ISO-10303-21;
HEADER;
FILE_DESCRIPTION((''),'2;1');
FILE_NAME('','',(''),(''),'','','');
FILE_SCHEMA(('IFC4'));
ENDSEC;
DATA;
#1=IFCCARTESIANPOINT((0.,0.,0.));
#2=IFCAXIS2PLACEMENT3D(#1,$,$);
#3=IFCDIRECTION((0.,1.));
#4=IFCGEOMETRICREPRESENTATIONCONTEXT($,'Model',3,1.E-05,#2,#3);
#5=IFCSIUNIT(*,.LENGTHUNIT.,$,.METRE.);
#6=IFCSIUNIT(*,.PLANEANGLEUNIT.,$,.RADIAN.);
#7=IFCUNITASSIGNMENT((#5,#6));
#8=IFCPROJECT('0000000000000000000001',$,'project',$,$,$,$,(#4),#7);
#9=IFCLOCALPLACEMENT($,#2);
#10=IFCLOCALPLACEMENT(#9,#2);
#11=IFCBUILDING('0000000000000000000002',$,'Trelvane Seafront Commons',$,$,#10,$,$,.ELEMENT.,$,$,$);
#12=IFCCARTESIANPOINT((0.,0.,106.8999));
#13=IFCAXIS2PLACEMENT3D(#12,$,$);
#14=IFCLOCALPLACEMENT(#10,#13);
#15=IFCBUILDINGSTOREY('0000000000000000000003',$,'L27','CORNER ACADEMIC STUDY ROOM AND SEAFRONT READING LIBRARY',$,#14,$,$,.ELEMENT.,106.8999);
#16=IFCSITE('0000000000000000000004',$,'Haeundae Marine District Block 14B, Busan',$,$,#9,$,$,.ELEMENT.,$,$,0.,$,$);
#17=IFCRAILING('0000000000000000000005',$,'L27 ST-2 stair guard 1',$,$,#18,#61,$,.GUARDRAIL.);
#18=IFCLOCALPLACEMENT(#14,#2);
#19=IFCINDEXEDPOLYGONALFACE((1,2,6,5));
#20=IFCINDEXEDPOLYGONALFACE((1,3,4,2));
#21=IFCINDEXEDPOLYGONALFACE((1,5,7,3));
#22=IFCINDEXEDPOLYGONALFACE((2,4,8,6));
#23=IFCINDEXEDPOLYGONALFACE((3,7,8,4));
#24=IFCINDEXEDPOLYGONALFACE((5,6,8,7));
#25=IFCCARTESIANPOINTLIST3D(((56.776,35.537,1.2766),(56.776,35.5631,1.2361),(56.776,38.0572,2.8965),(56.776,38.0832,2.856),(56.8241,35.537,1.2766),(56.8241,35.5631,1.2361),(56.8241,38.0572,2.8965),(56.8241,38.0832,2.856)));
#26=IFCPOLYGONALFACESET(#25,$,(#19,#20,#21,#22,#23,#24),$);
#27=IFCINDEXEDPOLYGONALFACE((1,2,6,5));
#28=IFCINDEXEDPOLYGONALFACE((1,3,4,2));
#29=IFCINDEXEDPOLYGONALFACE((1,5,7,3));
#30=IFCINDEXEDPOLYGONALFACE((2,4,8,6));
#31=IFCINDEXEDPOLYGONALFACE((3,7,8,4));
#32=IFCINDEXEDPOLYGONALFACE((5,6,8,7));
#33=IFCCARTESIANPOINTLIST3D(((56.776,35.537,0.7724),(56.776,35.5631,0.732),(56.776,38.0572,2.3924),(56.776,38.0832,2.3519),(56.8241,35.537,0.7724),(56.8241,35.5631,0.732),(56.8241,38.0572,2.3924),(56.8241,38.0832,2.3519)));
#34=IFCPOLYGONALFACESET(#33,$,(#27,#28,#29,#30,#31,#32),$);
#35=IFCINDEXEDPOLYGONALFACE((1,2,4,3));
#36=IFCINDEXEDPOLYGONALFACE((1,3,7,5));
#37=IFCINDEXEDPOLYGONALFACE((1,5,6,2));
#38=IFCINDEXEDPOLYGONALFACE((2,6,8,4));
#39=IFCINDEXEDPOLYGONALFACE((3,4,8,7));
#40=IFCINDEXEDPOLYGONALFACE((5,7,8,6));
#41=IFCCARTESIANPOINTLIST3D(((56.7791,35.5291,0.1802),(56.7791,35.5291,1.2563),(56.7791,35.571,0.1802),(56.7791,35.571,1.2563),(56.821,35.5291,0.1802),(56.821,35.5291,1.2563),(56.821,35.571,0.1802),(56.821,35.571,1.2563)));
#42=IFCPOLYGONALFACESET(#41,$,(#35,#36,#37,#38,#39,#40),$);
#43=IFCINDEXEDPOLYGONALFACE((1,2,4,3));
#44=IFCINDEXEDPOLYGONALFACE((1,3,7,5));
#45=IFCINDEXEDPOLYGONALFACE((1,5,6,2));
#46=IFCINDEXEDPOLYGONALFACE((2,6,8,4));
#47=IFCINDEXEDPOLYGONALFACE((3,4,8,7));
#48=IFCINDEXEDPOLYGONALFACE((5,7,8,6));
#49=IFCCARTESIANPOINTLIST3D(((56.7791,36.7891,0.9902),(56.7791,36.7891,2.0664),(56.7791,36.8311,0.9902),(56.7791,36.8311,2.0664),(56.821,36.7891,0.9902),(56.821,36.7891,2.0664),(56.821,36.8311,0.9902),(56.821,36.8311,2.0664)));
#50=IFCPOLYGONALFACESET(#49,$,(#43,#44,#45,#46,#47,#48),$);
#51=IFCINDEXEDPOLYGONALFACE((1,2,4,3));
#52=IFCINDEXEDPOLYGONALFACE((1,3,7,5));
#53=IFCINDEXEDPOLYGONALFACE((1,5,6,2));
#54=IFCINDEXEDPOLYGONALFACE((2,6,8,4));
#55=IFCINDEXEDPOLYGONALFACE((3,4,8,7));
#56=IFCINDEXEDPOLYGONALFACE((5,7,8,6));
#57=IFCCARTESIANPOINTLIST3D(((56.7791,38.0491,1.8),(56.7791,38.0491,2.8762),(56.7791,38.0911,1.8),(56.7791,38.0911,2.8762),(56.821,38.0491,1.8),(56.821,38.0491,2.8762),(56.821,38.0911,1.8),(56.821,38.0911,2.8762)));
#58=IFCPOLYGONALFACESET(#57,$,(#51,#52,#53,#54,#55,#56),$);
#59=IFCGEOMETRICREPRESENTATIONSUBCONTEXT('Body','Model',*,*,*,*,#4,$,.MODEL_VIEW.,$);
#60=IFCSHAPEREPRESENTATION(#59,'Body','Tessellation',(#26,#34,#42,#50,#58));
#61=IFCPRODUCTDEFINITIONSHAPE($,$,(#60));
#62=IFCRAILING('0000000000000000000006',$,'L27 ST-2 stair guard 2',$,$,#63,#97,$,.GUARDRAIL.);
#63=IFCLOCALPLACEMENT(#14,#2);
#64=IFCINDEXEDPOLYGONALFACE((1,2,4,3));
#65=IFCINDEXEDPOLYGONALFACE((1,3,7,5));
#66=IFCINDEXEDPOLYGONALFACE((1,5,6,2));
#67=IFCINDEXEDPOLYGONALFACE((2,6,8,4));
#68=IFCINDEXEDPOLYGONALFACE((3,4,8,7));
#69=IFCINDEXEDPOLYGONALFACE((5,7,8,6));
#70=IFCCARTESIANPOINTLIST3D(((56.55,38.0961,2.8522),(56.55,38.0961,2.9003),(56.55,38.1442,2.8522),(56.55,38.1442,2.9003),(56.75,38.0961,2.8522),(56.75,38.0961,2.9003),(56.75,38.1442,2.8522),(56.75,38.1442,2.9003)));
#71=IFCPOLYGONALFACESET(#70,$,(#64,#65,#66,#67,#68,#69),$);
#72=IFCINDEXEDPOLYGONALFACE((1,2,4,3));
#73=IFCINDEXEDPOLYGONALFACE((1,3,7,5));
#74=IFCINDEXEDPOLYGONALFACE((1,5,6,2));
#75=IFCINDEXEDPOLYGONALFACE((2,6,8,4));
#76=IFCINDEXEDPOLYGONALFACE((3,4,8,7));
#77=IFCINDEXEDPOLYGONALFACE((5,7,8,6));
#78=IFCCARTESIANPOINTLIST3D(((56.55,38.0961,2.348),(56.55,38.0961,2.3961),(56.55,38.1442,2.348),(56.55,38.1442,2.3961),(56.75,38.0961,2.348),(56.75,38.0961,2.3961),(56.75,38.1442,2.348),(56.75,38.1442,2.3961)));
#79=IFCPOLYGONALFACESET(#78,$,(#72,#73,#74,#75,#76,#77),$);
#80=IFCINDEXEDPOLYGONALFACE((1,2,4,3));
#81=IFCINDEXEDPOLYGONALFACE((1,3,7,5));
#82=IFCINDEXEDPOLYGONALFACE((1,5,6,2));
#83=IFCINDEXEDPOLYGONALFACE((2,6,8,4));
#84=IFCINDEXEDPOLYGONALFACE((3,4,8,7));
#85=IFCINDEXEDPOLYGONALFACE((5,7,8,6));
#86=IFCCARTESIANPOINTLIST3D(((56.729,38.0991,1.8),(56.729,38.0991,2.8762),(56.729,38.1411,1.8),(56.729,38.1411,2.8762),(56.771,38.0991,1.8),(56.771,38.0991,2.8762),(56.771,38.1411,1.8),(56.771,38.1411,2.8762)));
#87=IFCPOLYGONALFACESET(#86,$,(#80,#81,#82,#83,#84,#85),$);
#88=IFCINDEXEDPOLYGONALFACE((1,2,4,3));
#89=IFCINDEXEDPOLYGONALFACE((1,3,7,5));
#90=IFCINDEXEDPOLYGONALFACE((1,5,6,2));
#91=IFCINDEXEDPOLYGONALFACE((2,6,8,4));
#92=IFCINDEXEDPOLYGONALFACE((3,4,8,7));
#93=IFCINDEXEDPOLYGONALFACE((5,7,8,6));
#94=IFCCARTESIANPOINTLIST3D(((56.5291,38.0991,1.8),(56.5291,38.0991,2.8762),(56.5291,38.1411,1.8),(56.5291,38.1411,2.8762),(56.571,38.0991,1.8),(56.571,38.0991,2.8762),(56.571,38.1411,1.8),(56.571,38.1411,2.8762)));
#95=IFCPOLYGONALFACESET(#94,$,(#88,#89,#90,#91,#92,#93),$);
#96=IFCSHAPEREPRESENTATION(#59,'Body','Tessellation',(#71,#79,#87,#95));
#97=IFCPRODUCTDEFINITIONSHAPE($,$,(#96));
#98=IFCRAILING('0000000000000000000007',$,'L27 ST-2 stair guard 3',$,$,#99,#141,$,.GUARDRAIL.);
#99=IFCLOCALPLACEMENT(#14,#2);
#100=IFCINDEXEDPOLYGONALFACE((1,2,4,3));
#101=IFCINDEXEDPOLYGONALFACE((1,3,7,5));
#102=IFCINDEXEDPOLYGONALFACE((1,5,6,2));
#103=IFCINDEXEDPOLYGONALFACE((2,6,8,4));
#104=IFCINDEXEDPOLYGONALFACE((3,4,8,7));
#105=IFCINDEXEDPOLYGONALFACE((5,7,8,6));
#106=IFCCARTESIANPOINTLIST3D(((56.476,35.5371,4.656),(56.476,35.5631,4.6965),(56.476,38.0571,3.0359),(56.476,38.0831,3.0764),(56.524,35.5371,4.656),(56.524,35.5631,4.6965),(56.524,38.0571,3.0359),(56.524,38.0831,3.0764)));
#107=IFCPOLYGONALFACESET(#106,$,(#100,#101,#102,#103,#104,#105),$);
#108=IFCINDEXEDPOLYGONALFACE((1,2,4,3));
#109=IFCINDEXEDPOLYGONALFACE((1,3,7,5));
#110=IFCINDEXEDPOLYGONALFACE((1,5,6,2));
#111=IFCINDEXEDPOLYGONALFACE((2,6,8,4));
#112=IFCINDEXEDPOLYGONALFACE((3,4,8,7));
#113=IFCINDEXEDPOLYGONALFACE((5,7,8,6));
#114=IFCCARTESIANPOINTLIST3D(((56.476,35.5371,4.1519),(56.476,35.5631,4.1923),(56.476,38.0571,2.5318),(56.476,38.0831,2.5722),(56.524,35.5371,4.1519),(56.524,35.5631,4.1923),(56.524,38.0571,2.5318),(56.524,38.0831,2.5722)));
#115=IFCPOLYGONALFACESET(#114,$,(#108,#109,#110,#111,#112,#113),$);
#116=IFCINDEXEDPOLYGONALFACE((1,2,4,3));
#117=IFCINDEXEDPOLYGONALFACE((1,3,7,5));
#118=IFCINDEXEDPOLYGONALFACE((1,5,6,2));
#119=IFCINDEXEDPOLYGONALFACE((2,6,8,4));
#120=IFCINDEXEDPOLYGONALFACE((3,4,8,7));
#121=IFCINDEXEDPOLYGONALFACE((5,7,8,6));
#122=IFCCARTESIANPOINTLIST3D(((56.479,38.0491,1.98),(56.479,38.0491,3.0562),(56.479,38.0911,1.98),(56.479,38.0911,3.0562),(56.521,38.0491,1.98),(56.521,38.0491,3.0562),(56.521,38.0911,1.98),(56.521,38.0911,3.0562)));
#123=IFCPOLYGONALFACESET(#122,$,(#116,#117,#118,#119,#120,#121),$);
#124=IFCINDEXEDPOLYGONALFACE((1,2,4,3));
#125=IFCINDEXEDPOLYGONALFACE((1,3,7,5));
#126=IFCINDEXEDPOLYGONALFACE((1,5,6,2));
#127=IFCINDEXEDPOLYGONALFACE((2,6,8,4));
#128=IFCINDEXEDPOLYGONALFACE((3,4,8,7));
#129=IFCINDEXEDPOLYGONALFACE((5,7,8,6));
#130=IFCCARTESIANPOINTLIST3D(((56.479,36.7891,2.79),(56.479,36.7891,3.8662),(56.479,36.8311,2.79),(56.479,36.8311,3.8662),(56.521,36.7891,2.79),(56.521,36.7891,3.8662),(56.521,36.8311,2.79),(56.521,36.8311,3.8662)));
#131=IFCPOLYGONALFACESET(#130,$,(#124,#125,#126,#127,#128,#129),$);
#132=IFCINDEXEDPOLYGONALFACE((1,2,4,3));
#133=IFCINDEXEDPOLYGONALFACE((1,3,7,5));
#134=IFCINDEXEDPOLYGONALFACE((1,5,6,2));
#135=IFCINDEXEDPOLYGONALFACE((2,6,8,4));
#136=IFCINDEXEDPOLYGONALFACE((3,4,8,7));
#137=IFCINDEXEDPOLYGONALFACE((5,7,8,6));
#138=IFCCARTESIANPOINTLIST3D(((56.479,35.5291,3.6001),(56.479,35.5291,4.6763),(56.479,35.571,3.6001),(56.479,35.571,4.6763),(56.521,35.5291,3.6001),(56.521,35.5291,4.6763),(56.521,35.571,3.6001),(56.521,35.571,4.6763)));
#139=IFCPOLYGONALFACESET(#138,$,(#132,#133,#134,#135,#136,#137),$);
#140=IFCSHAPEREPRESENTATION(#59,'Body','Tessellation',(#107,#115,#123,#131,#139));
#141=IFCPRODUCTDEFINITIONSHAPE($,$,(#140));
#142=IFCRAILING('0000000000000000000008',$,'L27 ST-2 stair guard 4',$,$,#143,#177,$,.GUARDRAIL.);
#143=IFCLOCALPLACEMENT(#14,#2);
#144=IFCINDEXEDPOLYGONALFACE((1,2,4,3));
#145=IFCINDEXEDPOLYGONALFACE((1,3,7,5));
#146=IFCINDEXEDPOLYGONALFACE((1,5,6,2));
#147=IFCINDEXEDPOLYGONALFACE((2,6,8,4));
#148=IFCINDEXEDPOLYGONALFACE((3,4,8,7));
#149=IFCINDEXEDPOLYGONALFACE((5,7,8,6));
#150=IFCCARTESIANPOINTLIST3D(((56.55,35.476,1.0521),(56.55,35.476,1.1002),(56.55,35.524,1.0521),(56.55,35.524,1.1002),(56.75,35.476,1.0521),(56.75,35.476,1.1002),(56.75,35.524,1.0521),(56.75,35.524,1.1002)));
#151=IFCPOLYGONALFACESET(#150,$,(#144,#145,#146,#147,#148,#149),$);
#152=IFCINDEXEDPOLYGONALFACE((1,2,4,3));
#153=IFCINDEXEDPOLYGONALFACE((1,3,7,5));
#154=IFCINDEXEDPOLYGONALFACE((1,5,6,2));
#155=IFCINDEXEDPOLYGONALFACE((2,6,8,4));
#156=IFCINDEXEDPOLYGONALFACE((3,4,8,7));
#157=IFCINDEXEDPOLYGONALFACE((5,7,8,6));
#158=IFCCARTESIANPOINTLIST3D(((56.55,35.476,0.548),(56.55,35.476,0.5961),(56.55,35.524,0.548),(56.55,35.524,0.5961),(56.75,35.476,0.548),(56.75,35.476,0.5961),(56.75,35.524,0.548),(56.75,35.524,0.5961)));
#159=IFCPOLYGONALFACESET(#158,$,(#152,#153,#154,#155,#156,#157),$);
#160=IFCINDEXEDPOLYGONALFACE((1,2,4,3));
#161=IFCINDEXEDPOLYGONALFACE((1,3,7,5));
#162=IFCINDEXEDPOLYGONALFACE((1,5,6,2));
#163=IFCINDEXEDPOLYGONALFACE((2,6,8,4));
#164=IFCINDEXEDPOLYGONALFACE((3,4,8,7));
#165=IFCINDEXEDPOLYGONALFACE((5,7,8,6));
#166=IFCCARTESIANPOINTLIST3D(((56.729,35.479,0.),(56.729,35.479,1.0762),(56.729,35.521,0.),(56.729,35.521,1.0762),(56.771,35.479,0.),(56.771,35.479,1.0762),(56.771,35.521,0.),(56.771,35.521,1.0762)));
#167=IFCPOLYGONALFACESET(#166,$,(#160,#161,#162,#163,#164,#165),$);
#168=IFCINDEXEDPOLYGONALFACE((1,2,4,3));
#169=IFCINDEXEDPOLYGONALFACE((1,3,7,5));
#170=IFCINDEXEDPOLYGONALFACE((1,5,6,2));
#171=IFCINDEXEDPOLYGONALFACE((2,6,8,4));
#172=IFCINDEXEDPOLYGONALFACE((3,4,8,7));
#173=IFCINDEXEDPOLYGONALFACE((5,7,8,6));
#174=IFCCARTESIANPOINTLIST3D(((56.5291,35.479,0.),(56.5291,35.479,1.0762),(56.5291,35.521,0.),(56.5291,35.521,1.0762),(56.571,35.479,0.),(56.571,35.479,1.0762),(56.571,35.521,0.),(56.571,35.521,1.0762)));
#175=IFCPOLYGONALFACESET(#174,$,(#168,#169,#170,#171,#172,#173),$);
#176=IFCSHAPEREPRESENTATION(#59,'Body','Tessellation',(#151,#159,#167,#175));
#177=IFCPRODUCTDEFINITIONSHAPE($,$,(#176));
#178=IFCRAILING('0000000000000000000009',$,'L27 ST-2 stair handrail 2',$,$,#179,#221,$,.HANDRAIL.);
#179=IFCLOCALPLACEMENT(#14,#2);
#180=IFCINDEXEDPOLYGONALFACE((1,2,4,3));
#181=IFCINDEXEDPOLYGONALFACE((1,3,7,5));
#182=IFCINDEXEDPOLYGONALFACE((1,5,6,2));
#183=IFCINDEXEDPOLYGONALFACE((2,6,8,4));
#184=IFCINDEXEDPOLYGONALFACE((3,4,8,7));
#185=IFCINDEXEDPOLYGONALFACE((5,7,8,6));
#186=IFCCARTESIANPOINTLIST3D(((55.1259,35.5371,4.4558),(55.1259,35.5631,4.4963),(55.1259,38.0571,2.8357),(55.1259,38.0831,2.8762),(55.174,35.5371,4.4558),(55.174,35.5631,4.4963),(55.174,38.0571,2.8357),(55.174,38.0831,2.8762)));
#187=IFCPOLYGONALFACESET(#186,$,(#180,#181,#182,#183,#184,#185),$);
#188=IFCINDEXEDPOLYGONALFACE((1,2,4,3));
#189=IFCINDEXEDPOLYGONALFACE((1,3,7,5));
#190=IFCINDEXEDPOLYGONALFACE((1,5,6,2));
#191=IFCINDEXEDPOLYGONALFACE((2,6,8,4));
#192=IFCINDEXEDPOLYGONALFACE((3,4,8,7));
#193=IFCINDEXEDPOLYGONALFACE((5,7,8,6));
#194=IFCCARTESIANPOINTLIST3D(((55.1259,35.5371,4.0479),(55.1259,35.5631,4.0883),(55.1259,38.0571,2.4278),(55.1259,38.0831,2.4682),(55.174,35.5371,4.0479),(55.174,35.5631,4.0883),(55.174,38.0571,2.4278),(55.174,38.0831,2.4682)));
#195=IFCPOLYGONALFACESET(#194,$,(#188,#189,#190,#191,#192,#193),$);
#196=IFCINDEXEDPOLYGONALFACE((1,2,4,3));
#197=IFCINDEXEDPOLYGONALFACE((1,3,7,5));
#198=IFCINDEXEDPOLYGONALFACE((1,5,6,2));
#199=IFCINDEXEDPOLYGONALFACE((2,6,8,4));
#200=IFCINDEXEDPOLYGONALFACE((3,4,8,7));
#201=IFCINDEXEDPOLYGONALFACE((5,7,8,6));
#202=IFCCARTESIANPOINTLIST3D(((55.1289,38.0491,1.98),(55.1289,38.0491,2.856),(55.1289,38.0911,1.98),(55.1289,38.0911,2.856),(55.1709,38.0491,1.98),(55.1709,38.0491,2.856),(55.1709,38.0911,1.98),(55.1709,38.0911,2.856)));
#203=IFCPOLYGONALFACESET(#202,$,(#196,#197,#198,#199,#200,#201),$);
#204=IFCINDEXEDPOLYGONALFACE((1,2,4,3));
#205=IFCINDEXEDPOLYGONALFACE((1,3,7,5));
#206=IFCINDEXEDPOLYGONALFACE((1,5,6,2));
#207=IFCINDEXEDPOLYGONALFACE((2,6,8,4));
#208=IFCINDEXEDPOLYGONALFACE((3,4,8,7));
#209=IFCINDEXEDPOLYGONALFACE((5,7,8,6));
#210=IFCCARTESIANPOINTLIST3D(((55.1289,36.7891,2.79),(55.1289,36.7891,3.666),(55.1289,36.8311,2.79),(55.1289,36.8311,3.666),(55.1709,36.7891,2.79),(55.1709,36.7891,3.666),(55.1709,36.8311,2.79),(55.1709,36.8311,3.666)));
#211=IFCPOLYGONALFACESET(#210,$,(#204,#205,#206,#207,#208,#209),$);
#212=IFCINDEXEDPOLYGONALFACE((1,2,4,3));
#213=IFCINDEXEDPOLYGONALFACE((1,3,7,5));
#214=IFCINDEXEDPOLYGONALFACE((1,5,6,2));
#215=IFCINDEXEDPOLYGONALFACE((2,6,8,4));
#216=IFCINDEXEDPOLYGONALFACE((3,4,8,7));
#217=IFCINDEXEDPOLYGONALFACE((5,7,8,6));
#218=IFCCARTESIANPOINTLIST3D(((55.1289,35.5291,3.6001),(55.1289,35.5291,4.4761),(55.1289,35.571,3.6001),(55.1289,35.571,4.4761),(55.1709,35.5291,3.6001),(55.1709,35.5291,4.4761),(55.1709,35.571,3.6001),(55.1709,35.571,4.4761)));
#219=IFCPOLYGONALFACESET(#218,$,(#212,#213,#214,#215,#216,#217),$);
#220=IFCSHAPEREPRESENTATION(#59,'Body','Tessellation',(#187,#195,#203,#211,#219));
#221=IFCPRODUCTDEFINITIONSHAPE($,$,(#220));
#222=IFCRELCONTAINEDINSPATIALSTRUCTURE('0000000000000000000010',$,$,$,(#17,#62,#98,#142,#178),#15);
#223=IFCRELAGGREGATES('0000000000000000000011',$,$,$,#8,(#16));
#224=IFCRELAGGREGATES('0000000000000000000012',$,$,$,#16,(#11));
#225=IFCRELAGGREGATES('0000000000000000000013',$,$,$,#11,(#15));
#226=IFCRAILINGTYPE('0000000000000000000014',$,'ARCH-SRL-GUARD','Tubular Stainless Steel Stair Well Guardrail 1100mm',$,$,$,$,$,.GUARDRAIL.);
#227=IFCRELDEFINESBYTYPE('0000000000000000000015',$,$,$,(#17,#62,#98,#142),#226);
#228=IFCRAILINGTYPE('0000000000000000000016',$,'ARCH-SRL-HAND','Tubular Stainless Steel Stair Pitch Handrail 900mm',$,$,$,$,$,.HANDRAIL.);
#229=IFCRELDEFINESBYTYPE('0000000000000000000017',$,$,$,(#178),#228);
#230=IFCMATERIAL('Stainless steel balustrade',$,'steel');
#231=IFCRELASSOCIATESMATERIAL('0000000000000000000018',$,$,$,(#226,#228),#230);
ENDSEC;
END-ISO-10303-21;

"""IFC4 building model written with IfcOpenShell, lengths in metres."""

from ifc_helpers import new_model, si_unit, direction, frame, origin, origin_2d, place, context, subcontext, project, spatial, rectangle, extrude, material, type_object, element, save


model = new_model("IFC4")

# Units and contexts
model_context = context("Model", 3, precision=1e-05, world=origin(), true_north=direction((0.0, 1.0)))
body_context = subcontext(model_context, "Body", "Model", "MODEL_VIEW")
ifc_project = project(units=[si_unit("LENGTHUNIT", "METRE"), si_unit("PLANEANGLEUNIT", "RADIAN")], contexts=[model_context])

# Site, building, storey
site_placement = place(None, origin())
site = spatial("IfcSite", under=ifc_project, at=site_placement, Name="Haeundae Marine District Block 14B, Busan", CompositionType="ELEMENT", RefElevation=0.0)
building_placement = place(site_placement, origin())
building = spatial("IfcBuilding", under=site, at=building_placement, Name="Trelvane Seafront Commons", CompositionType="ELEMENT")
storey_placement = place(building_placement, frame((0.0, 0.0, 106.8999)))
storey = spatial("IfcBuildingStorey", under=building, at=storey_placement, Name="L27", Description="CORNER ACADEMIC STUDY ROOM AND SEAFRONT READING LIBRARY", CompositionType="ELEMENT", Elevation=106.8999)

# Railings
ifc_material_1 = material(Name="Stainless steel balustrade", Category="steel")
railing_type_1 = type_object("IfcRailingType", Name="ARCH-SRL-GUARD", Description="Tubular Stainless Steel Stair Well Guardrail 1100mm", PredefinedType="GUARDRAIL", material=ifc_material_1)
railing_1_placement = place(storey_placement, frame((56.8, 35.55, 0.1802)))
element("IfcRailing", 1, at=railing_1_placement, inside=storey, type_object=railing_type_1, Name="L27 ST-2 stair guard 1", PredefinedType="GUARDRAIL", context=body_context, shape_type="SweptSolid", body=[
    extrude(rectangle(XDim=0.0481, YDim=0.0481, at=origin_2d()), frame((0.0, 0.0, 1.0762), z_axis=(0.0, 0.8412, 0.540725), x_axis=(-1.0, 0.0, 0.0)), (0.0, 0.0, 1.0), 2.9958),
    extrude(rectangle(XDim=0.0481, YDim=0.0481, at=origin_2d()), frame((0.0, 0.0, 0.572), z_axis=(0.0, 0.8412, 0.540725), x_axis=(-1.0, 0.0, 0.0)), (0.0, 0.0, 1.0), 2.9958),
    extrude(rectangle(XDim=0.042, YDim=0.042, at=origin_2d()), origin(), (0.0, 0.0, 1.0), 1.0762),
    extrude(rectangle(XDim=0.042, YDim=0.042, at=origin_2d()), frame((0.0, 1.26, 0.8101)), (0.0, 0.0, 1.0), 1.0762),
    extrude(rectangle(XDim=0.042, YDim=0.042, at=origin_2d()), frame((0.0, 2.52, 1.6199)), (0.0, 0.0, 1.0), 1.0762),
])
railing_2_placement = place(storey_placement, frame((56.75, 38.1201, 1.8)))
element("IfcRailing", 2, at=railing_2_placement, inside=storey, type_object=railing_type_1, Name="L27 ST-2 stair guard 2", PredefinedType="GUARDRAIL", context=body_context, shape_type="SweptSolid", body=[
    extrude(rectangle(XDim=0.0481, YDim=0.0481, at=origin_2d()), frame((0.0, 0.0, 1.0762), z_axis=(-1.0, 0.0, 0.0), x_axis=(0.0, -1.0, 0.0)), (0.0, 0.0, 1.0), 0.2),
    extrude(rectangle(XDim=0.0481, YDim=0.0481, at=origin_2d()), frame((0.0, 0.0, 0.572), z_axis=(-1.0, 0.0, 0.0), x_axis=(0.0, -1.0, 0.0)), (0.0, 0.0, 1.0), 0.2),
    extrude(rectangle(XDim=0.042, YDim=0.042, at=origin_2d()), origin(), (0.0, 0.0, 1.0), 1.0762),
    extrude(rectangle(XDim=0.042, YDim=0.042, at=origin_2d()), frame((-0.2, 0.0, 0.0)), (0.0, 0.0, 1.0), 1.0762),
])
railing_3_placement = place(storey_placement, frame((56.5, 38.0701, 1.98)))
element("IfcRailing", 3, at=railing_3_placement, inside=storey, type_object=railing_type_1, Name="L27 ST-2 stair guard 3", PredefinedType="GUARDRAIL", context=body_context, shape_type="SweptSolid", body=[
    extrude(rectangle(XDim=0.0481, YDim=0.0481, at=origin_2d()), frame((0.0, 0.0, 1.0762), z_axis=(0.0, -0.841163, 0.540782), x_axis=(1.0, 0.0, 0.0)), (0.0, 0.0, 1.0), 2.9958),
    extrude(rectangle(XDim=0.0481, YDim=0.0481, at=origin_2d()), frame((0.0, 0.0, 0.572), z_axis=(0.0, -0.841163, 0.540782), x_axis=(1.0, 0.0, 0.0)), (0.0, 0.0, 1.0), 2.9958),
    extrude(rectangle(XDim=0.042, YDim=0.042, at=origin_2d()), origin(), (0.0, 0.0, 1.0), 1.0762),
    extrude(rectangle(XDim=0.042, YDim=0.042, at=origin_2d()), frame((0.0, -1.26, 0.8101)), (0.0, 0.0, 1.0), 1.0762),
    extrude(rectangle(XDim=0.042, YDim=0.042, at=origin_2d()), frame((0.0, -2.52, 1.6201)), (0.0, 0.0, 1.0), 1.0762),
])
railing_4_placement = place(storey_placement, frame((56.75, 35.5, 0.0)))
element("IfcRailing", 4, at=railing_4_placement, inside=storey, type_object=railing_type_1, Name="L27 ST-2 stair guard 4", PredefinedType="GUARDRAIL", context=body_context, shape_type="SweptSolid", body=[
    extrude(rectangle(XDim=0.0481, YDim=0.0481, at=origin_2d()), frame((0.0, 0.0, 1.0762), z_axis=(-1.0, 0.0, 0.0), x_axis=(0.0, -1.0, 0.0)), (0.0, 0.0, 1.0), 0.2),
    extrude(rectangle(XDim=0.0481, YDim=0.0481, at=origin_2d()), frame((0.0, 0.0, 0.572), z_axis=(-1.0, 0.0, 0.0), x_axis=(0.0, -1.0, 0.0)), (0.0, 0.0, 1.0), 0.2),
    extrude(rectangle(XDim=0.042, YDim=0.042, at=origin_2d()), origin(), (0.0, 0.0, 1.0), 1.0762),
    extrude(rectangle(XDim=0.042, YDim=0.042, at=origin_2d()), frame((-0.2, 0.0, 0.0)), (0.0, 0.0, 1.0), 1.0762),
])
railing_type_2 = type_object("IfcRailingType", Name="ARCH-SRL-HAND", Description="Tubular Stainless Steel Stair Pitch Handrail 900mm", PredefinedType="HANDRAIL", material=ifc_material_1)
railing_5_placement = place(storey_placement, frame((55.1499, 38.0701, 1.98)))
element("IfcRailing", 5, at=railing_5_placement, inside=storey, type_object=railing_type_2, Name="L27 ST-2 stair handrail 2", PredefinedType="HANDRAIL", context=body_context, shape_type="SweptSolid", body=[
    extrude(rectangle(XDim=0.0481, YDim=0.0481, at=origin_2d()), frame((0.0, 0.0, 0.876), z_axis=(0.0, -0.841163, 0.540782), x_axis=(1.0, 0.0, 0.0)), (0.0, 0.0, 1.0), 2.9958),
    extrude(rectangle(XDim=0.0481, YDim=0.0481, at=origin_2d()), frame((0.0, 0.0, 0.468), z_axis=(0.0, -0.841163, 0.540782), x_axis=(1.0, 0.0, 0.0)), (0.0, 0.0, 1.0), 2.9958),
    extrude(rectangle(XDim=0.042, YDim=0.042, at=origin_2d()), origin(), (0.0, 0.0, 1.0), 0.876),
    extrude(rectangle(XDim=0.042, YDim=0.042, at=origin_2d()), frame((0.0, -1.26, 0.8101)), (0.0, 0.0, 1.0), 0.876),
    extrude(rectangle(XDim=0.042, YDim=0.042, at=origin_2d()), frame((0.0, -2.52, 1.6201)), (0.0, 0.0, 1.0), 0.876),
])

save(model, "model.ifc")
